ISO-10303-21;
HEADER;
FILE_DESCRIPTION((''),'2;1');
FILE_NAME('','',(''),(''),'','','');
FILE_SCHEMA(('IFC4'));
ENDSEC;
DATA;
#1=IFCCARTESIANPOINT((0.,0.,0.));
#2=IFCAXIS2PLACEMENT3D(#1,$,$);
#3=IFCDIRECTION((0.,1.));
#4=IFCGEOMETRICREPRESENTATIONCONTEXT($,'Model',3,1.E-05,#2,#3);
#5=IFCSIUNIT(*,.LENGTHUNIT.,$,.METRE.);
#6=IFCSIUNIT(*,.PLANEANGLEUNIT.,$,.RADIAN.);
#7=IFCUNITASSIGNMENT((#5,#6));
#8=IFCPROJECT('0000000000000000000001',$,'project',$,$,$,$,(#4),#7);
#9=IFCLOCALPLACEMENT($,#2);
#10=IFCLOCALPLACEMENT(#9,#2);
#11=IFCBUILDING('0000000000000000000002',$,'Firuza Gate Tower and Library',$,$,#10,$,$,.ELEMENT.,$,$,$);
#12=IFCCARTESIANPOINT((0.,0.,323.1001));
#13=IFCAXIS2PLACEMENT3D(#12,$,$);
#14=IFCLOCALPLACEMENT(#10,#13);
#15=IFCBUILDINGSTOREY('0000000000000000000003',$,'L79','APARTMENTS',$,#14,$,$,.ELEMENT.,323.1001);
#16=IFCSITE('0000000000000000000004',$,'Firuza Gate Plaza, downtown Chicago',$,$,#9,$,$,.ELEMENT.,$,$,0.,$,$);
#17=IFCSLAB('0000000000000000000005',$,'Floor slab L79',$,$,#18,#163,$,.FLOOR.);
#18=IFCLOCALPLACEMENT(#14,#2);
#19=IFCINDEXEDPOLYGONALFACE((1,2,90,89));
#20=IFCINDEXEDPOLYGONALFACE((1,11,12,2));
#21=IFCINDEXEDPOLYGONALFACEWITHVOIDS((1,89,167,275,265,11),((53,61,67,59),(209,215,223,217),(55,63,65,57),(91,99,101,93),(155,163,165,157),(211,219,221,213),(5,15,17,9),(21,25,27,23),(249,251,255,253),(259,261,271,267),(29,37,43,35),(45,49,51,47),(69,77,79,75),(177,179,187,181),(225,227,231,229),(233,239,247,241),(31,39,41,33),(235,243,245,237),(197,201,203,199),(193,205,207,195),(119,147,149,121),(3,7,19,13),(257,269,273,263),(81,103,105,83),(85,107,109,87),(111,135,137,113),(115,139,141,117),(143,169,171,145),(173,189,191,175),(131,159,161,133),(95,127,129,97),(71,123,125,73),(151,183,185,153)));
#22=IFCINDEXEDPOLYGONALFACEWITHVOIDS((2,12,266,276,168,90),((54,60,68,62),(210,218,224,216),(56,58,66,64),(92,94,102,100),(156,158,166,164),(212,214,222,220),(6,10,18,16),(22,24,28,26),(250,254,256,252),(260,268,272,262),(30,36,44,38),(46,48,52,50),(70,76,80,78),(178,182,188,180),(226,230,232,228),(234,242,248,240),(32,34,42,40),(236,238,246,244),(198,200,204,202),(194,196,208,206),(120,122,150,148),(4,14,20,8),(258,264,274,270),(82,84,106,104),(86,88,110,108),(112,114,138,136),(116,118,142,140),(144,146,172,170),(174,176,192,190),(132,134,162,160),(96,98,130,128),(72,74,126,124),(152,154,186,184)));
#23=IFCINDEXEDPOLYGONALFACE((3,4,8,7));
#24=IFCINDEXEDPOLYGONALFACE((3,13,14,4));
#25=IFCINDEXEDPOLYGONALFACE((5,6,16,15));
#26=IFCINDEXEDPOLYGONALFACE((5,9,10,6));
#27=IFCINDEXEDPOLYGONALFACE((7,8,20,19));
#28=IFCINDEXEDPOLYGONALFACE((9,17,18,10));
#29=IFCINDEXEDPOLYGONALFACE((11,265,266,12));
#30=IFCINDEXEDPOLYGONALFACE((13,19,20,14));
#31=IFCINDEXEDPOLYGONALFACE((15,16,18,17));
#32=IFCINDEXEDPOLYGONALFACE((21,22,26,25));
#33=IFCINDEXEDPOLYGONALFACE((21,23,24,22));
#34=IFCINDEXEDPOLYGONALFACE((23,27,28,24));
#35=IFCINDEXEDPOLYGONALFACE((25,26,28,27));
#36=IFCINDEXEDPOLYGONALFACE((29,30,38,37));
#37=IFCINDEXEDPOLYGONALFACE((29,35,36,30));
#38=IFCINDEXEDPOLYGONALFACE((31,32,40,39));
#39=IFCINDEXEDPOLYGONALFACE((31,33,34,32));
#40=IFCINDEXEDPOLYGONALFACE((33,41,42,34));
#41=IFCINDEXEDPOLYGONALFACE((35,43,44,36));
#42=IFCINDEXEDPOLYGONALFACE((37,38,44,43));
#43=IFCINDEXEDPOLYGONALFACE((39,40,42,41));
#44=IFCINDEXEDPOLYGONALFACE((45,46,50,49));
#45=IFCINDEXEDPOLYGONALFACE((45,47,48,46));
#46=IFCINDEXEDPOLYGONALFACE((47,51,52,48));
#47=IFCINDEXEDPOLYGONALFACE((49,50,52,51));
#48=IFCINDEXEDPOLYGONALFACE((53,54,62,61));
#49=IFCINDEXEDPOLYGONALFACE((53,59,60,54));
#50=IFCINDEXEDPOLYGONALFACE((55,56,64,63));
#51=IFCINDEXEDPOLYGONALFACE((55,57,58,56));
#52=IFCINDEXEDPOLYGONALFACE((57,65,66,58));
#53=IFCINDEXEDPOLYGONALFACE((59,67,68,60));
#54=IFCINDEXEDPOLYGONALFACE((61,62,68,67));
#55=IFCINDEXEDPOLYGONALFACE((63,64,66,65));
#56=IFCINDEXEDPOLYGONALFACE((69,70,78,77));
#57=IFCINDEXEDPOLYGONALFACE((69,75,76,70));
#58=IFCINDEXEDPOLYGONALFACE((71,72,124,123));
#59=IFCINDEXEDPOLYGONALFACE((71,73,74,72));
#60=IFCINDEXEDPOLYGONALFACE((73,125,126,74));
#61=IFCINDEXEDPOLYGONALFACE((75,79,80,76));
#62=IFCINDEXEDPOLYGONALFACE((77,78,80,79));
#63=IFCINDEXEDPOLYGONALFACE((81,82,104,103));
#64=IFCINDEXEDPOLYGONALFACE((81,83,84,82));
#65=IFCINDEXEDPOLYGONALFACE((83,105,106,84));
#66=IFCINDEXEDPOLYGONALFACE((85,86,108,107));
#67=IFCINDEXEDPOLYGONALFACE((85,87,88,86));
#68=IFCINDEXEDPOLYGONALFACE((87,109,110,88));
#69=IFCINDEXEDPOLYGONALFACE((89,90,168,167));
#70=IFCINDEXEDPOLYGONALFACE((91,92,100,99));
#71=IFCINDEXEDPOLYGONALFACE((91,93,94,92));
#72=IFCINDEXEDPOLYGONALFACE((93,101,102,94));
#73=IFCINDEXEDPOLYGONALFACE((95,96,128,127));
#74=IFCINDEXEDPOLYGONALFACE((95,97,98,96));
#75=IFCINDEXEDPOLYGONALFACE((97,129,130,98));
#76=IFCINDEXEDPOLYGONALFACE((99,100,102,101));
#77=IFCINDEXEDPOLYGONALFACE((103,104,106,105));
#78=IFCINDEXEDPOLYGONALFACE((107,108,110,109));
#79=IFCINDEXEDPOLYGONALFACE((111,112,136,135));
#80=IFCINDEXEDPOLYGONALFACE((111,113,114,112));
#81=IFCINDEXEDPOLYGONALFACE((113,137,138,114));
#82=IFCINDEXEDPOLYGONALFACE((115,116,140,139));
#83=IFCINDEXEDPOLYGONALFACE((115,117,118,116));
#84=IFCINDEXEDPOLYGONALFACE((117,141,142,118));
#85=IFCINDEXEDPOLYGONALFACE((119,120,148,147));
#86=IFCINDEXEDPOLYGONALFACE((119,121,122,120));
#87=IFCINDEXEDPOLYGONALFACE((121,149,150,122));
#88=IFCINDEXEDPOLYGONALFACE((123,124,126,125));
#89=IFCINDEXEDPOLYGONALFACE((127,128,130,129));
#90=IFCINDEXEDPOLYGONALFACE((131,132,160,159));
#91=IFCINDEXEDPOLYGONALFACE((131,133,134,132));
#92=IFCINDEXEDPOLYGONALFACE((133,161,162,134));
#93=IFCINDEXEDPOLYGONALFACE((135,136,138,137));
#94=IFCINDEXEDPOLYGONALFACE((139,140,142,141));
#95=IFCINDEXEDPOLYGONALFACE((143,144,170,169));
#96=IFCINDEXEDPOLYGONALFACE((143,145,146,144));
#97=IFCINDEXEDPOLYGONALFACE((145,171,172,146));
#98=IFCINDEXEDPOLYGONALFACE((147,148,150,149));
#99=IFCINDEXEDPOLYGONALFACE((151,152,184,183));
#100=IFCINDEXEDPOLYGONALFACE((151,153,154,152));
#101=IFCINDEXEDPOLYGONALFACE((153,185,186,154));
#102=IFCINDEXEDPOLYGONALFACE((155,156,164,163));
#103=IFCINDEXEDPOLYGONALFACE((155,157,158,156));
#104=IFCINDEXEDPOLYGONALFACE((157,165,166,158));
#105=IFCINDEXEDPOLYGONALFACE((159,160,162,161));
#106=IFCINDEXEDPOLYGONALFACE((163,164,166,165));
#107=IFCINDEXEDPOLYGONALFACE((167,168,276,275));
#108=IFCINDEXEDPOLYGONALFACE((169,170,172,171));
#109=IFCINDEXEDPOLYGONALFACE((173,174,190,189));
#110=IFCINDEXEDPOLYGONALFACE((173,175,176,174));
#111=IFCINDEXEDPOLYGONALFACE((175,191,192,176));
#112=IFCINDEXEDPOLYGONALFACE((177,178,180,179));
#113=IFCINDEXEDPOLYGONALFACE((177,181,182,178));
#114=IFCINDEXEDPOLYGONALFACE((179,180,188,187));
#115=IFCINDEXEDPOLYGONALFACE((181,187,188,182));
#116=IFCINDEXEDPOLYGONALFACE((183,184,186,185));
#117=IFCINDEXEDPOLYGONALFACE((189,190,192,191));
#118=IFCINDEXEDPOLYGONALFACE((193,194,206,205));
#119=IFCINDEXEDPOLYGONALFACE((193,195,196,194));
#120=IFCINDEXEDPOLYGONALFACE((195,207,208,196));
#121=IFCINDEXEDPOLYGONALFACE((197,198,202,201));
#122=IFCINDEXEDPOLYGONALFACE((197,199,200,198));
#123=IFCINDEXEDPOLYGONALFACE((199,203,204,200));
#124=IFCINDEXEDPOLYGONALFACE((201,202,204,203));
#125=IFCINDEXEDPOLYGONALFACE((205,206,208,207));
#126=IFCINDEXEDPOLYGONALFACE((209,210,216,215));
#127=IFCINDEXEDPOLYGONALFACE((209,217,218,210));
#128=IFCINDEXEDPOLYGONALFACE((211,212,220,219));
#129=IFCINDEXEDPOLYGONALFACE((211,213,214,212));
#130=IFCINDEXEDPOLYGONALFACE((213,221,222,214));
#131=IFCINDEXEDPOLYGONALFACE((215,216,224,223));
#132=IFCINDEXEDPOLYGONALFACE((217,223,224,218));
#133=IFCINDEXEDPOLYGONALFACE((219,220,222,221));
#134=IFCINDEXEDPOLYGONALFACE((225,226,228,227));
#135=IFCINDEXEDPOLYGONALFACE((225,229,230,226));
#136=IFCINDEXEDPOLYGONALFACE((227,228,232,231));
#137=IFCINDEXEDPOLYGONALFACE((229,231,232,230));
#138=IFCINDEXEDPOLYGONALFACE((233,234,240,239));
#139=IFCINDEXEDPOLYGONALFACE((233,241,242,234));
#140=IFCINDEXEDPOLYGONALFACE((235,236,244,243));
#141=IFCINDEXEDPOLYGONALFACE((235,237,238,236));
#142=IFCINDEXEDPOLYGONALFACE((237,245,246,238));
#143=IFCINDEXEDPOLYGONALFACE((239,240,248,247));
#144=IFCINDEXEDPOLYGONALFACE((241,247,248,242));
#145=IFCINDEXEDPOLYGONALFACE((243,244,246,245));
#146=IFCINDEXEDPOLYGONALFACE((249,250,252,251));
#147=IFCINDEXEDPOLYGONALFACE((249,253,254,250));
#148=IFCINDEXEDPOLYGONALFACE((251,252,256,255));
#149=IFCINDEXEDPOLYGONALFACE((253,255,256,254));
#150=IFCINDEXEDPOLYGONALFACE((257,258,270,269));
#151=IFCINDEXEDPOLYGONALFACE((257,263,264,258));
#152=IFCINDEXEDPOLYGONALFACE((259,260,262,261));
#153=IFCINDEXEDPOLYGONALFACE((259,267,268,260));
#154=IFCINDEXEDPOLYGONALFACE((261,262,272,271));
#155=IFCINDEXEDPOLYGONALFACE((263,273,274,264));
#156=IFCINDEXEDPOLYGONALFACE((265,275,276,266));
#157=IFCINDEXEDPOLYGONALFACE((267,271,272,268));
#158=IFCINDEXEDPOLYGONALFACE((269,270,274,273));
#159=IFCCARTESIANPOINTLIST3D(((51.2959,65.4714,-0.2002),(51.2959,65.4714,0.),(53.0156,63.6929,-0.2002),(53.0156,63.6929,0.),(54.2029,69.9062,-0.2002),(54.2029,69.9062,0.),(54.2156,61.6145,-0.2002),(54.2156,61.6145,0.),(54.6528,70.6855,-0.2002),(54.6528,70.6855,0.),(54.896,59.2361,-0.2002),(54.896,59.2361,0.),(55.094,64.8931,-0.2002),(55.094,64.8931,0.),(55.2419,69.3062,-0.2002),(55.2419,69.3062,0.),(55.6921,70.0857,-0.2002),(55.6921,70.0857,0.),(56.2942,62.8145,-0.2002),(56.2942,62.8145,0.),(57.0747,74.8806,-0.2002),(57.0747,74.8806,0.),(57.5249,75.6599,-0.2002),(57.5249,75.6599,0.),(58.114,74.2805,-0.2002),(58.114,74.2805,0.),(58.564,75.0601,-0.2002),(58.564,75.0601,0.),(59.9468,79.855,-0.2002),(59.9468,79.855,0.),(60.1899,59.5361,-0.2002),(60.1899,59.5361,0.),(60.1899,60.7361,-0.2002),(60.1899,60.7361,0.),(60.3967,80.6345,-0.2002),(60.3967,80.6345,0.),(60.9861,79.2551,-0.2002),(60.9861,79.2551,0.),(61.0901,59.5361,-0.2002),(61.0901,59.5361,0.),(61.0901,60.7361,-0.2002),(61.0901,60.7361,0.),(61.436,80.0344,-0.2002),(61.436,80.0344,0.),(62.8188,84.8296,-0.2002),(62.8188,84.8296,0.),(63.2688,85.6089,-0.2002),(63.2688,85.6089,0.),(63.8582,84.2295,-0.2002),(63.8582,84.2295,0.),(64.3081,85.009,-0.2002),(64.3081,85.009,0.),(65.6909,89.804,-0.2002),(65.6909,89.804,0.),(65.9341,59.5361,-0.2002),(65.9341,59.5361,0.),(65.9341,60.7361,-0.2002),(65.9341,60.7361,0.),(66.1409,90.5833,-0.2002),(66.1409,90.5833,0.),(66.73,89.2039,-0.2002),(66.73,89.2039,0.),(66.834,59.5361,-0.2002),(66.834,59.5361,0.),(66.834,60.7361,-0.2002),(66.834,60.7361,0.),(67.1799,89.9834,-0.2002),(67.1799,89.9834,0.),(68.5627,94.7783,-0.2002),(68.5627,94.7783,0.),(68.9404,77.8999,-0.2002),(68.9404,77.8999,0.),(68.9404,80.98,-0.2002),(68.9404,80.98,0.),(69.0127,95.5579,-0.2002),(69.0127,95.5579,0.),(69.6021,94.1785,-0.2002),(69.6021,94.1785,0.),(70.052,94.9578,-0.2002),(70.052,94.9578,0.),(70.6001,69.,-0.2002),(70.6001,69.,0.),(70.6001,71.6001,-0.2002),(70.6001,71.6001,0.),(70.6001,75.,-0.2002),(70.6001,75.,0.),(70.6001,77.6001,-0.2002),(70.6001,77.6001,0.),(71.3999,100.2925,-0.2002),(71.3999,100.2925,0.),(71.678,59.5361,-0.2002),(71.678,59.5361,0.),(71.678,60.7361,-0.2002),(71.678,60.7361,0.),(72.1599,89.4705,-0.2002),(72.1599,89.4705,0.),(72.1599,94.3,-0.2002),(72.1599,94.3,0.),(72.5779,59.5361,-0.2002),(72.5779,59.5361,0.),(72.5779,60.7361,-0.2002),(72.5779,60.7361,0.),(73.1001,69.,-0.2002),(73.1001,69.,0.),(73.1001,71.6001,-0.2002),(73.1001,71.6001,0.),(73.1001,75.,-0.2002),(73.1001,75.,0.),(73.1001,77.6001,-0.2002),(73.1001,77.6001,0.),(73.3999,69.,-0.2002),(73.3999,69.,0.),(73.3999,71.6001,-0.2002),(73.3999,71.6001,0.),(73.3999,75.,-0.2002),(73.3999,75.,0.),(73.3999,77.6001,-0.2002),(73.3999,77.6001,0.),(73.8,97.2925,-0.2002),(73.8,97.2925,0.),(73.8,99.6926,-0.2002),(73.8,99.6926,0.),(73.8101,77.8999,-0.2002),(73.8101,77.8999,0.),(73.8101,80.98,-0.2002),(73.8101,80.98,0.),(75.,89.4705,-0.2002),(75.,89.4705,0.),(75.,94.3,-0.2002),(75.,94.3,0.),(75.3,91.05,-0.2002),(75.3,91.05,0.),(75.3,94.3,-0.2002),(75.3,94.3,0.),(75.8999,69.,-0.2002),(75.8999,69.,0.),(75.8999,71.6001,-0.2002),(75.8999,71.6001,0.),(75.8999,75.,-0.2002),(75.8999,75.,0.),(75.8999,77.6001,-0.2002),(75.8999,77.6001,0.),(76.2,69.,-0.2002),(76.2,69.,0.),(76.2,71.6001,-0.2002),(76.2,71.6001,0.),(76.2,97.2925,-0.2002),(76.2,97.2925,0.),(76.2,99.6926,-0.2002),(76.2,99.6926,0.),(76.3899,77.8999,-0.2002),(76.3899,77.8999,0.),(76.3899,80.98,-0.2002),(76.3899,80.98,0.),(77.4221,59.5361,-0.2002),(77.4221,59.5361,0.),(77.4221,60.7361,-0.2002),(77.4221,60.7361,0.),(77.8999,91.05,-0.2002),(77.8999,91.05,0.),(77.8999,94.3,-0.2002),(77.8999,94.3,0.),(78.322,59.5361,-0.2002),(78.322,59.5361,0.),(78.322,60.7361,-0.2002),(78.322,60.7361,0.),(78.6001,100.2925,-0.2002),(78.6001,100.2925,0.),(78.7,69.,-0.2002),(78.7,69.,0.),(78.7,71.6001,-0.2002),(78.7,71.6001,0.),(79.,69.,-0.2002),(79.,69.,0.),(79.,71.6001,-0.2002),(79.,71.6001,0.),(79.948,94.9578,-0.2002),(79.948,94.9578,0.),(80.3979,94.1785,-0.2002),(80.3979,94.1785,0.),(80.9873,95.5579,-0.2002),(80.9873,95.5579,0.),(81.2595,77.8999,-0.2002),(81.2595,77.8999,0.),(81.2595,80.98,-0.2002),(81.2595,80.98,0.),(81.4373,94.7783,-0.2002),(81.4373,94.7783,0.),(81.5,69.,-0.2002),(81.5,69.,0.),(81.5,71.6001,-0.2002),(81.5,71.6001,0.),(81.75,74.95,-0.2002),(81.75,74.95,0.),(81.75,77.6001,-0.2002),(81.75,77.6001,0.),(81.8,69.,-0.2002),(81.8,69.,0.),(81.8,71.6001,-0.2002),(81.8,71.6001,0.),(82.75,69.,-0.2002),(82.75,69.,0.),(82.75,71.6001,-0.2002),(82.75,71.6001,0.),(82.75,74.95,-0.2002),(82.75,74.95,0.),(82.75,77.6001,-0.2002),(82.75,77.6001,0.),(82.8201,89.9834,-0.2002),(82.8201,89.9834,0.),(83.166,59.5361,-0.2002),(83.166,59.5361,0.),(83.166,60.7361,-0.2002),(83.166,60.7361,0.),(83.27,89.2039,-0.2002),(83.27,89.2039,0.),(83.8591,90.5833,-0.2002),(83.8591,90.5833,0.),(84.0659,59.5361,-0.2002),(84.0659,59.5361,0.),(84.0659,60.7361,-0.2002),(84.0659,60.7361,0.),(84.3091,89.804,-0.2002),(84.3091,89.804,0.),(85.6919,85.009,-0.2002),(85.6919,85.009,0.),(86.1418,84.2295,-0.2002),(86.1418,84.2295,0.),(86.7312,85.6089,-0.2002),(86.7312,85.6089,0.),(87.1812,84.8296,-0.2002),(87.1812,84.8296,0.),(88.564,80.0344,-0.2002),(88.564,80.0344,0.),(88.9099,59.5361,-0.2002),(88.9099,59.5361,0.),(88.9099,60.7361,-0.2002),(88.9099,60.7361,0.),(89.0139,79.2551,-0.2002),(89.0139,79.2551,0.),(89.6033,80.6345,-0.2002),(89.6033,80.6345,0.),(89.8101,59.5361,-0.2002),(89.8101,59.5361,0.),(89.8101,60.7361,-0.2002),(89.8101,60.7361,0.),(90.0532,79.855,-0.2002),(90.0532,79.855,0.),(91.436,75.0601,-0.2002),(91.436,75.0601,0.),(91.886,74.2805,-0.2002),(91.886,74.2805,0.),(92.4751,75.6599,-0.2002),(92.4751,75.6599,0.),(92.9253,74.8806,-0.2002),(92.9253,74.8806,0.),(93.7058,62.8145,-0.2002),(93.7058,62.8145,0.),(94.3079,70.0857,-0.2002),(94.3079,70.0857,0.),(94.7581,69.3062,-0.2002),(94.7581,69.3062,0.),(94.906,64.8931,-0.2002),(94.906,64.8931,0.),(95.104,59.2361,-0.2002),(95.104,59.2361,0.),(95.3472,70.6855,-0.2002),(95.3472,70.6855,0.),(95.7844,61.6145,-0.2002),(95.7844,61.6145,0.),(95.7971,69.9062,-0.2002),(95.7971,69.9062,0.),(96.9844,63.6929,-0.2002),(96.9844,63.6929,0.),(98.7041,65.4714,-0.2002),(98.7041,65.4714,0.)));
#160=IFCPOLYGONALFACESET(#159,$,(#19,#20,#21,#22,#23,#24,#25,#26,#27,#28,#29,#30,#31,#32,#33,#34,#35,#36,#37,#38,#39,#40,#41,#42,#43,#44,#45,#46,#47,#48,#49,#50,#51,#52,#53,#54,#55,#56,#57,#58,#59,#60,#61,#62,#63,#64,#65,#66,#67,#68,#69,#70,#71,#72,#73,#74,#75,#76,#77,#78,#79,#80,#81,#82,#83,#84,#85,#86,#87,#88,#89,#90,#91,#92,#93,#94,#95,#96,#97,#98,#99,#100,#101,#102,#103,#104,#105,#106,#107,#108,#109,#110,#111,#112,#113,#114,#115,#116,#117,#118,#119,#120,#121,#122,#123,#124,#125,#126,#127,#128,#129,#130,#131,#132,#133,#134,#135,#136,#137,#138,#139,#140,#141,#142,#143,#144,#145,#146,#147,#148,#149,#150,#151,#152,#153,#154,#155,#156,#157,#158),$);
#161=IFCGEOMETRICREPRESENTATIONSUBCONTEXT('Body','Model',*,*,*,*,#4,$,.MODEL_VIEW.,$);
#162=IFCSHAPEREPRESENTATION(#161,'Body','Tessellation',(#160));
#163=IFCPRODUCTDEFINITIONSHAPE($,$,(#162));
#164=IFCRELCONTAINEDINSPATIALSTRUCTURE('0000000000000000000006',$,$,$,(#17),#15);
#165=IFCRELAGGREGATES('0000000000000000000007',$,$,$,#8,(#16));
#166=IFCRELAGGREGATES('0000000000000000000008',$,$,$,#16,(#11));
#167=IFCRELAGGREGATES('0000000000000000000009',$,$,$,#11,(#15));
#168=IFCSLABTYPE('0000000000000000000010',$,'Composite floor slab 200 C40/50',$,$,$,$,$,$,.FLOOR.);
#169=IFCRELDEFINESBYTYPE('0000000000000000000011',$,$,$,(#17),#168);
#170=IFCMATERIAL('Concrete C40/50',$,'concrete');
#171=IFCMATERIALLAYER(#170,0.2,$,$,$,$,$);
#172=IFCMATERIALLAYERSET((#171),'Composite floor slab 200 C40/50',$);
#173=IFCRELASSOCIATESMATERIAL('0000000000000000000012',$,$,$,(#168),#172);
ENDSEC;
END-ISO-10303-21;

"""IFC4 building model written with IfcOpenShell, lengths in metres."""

from ifc_helpers import new_model, si_unit, direction, frame, origin, place, context, subcontext, project, spatial, polyline, outline, extrude, material, layer, layer_set, type_object, element, save


model = new_model("IFC4")

# Units and contexts
model_context = context("Model", 3, precision=1e-05, world=origin(), true_north=direction((0.0, 1.0)))
body_context = subcontext(model_context, "Body", "Model", "MODEL_VIEW")
ifc_project = project(units=[si_unit("LENGTHUNIT", "METRE"), si_unit("PLANEANGLEUNIT", "RADIAN")], contexts=[model_context])

# Site, building, storey
site_placement = place(None, origin())
site = spatial("IfcSite", under=ifc_project, at=site_placement, Name="Firuza Gate Plaza, downtown Chicago", CompositionType="ELEMENT", RefElevation=0.0)
building_placement = place(site_placement, origin())
building = spatial("IfcBuilding", under=site, at=building_placement, Name="Firuza Gate Tower and Library", CompositionType="ELEMENT")
storey_placement = place(building_placement, frame((0.0, 0.0, 323.1001)))
storey = spatial("IfcBuildingStorey", under=building, at=storey_placement, Name="L79", Description="APARTMENTS", CompositionType="ELEMENT", Elevation=323.1001)

# Slab
ifc_material_1 = material(Name="Concrete C40/50", Category="concrete")
ifc_layer_1 = layer(ifc_material_1, 0.2)
ifc_layer_set_1 = layer_set([ifc_layer_1], Name="Composite floor slab 200 C40/50")
slab_type_1 = type_object("IfcSlabType", Name="Composite floor slab 200 C40/50", PredefinedType="FLOOR", material=ifc_layer_set_1)
placement_1 = place(storey_placement, frame((0.0, 0.0, -0.2002)))
element("IfcSlab", 1, at=placement_1, inside=storey, type_object=slab_type_1, Name="Floor slab L79", PredefinedType="FLOOR", context=body_context, shape_type="SweptSolid", body=[
    extrude(outline(polyline([(51.2959, 65.4714), (54.896, 59.2361), (95.104, 59.2361), (98.7041, 65.4714), (78.6001, 100.2925), (71.3999, 100.2925), (51.2959, 65.4714)]), holes=[polyline([(60.1899, 59.5361), (60.1899, 60.7361), (61.0901, 60.7361), (61.0901, 59.5361), (60.1899, 59.5361)]), polyline([(65.9341, 59.5361), (65.9341, 60.7361), (66.834, 60.7361), (66.834, 59.5361), (65.9341, 59.5361)]), polyline([(71.678, 59.5361), (71.678, 60.7361), (72.5779, 60.7361), (72.5779, 59.5361), (71.678, 59.5361)]), polyline([(53.0156, 63.6929), (55.094, 64.8931), (56.2942, 62.8145), (54.2156, 61.6145), (53.0156, 63.6929)]), polyline([(54.6528, 70.6855), (55.6921, 70.0857), (55.2419, 69.3062), (54.2029, 69.9062), (54.6528, 70.6855)]), polyline([(73.1001, 69.0), (70.6001, 69.0), (70.6001, 71.6001), (73.1001, 71.6001), (73.1001, 69.0)]), polyline([(75.8999, 69.0), (73.3999, 69.0), (73.3999, 71.6001), (75.8999, 71.6001), (75.8999, 69.0)]), polyline([(57.5249, 75.6599), (58.564, 75.0601), (58.114, 74.2805), (57.0747, 74.8806), (57.5249, 75.6599)]), polyline([(73.1001, 75.0), (70.6001, 75.0), (70.6001, 77.6001), (73.1001, 77.6001), (73.1001, 75.0)]), polyline([(75.8999, 75.0), (73.3999, 75.0), (73.3999, 77.6001), (75.8999, 77.6001), (75.8999, 75.0)]), polyline([(68.9404, 77.8999), (68.9404, 80.98), (73.8101, 80.98), (73.8101, 77.8999), (68.9404, 77.8999)]), polyline([(60.3967, 80.6345), (61.436, 80.0344), (60.9861, 79.2551), (59.9468, 79.855), (60.3967, 80.6345)]), polyline([(63.2688, 85.6089), (64.3081, 85.009), (63.8582, 84.2295), (62.8188, 84.8296), (63.2688, 85.6089)]), polyline([(66.1409, 90.5833), (67.1799, 89.9834), (66.73, 89.2039), (65.6909, 89.804), (66.1409, 90.5833)]), polyline([(72.1599, 89.4705), (72.1599, 94.3), (75.0, 94.3), (75.0, 89.4705), (72.1599, 89.4705)]), polyline([(69.0127, 95.5579), (70.052, 94.9578), (69.6021, 94.1785), (68.5627, 94.7783), (69.0127, 95.5579)]), polyline([(76.2, 99.6926), (76.2, 97.2925), (73.8, 97.2925), (73.8, 99.6926), (76.2, 99.6926)]), polyline([(77.4221, 59.5361), (77.4221, 60.7361), (78.322, 60.7361), (78.322, 59.5361), (77.4221, 59.5361)]), polyline([(83.166, 59.5361), (83.166, 60.7361), (84.0659, 60.7361), (84.0659, 59.5361), (83.166, 59.5361)]), polyline([(88.9099, 59.5361), (88.9099, 60.7361), (89.8101, 60.7361), (89.8101, 59.5361), (88.9099, 59.5361)]), polyline([(95.7844, 61.6145), (93.7058, 62.8145), (94.906, 64.8931), (96.9844, 63.6929), (95.7844, 61.6145)]), polyline([(95.7971, 69.9062), (94.7581, 69.3062), (94.3079, 70.0857), (95.3472, 70.6855), (95.7971, 69.9062)]), polyline([(78.7, 69.0), (76.2, 69.0), (76.2, 71.6001), (78.7, 71.6001), (78.7, 69.0)]), polyline([(81.5, 69.0), (79.0, 69.0), (79.0, 71.6001), (81.5, 71.6001), (81.5, 69.0)]), polyline([(82.75, 69.0), (81.8, 69.0), (81.8, 71.6001), (82.75, 71.6001), (82.75, 69.0)]), polyline([(92.9253, 74.8806), (91.886, 74.2805), (91.436, 75.0601), (92.4751, 75.6599), (92.9253, 74.8806)]), polyline([(82.75, 74.95), (81.75, 74.95), (81.75, 77.6001), (82.75, 77.6001), (82.75, 74.95)]), polyline([(81.2595, 80.98), (81.2595, 77.8999), (76.3899, 77.8999), (76.3899, 80.98), (81.2595, 80.98)]), polyline([(90.0532, 79.855), (89.0139, 79.2551), (88.564, 80.0344), (89.6033, 80.6345), (90.0532, 79.855)]), polyline([(87.1812, 84.8296), (86.1418, 84.2295), (85.6919, 85.009), (86.7312, 85.6089), (87.1812, 84.8296)]), polyline([(84.3091, 89.804), (83.27, 89.2039), (82.8201, 89.9834), (83.8591, 90.5833), (84.3091, 89.804)]), polyline([(75.3, 91.05), (75.3, 94.3), (77.8999, 94.3), (77.8999, 91.05), (75.3, 91.05)]), polyline([(80.3979, 94.1785), (79.948, 94.9578), (80.9873, 95.5579), (81.4373, 94.7783), (80.3979, 94.1785)])]), origin(), (0.0, 0.0, 1.0), 0.2002),
])

save(model, "model.ifc")
